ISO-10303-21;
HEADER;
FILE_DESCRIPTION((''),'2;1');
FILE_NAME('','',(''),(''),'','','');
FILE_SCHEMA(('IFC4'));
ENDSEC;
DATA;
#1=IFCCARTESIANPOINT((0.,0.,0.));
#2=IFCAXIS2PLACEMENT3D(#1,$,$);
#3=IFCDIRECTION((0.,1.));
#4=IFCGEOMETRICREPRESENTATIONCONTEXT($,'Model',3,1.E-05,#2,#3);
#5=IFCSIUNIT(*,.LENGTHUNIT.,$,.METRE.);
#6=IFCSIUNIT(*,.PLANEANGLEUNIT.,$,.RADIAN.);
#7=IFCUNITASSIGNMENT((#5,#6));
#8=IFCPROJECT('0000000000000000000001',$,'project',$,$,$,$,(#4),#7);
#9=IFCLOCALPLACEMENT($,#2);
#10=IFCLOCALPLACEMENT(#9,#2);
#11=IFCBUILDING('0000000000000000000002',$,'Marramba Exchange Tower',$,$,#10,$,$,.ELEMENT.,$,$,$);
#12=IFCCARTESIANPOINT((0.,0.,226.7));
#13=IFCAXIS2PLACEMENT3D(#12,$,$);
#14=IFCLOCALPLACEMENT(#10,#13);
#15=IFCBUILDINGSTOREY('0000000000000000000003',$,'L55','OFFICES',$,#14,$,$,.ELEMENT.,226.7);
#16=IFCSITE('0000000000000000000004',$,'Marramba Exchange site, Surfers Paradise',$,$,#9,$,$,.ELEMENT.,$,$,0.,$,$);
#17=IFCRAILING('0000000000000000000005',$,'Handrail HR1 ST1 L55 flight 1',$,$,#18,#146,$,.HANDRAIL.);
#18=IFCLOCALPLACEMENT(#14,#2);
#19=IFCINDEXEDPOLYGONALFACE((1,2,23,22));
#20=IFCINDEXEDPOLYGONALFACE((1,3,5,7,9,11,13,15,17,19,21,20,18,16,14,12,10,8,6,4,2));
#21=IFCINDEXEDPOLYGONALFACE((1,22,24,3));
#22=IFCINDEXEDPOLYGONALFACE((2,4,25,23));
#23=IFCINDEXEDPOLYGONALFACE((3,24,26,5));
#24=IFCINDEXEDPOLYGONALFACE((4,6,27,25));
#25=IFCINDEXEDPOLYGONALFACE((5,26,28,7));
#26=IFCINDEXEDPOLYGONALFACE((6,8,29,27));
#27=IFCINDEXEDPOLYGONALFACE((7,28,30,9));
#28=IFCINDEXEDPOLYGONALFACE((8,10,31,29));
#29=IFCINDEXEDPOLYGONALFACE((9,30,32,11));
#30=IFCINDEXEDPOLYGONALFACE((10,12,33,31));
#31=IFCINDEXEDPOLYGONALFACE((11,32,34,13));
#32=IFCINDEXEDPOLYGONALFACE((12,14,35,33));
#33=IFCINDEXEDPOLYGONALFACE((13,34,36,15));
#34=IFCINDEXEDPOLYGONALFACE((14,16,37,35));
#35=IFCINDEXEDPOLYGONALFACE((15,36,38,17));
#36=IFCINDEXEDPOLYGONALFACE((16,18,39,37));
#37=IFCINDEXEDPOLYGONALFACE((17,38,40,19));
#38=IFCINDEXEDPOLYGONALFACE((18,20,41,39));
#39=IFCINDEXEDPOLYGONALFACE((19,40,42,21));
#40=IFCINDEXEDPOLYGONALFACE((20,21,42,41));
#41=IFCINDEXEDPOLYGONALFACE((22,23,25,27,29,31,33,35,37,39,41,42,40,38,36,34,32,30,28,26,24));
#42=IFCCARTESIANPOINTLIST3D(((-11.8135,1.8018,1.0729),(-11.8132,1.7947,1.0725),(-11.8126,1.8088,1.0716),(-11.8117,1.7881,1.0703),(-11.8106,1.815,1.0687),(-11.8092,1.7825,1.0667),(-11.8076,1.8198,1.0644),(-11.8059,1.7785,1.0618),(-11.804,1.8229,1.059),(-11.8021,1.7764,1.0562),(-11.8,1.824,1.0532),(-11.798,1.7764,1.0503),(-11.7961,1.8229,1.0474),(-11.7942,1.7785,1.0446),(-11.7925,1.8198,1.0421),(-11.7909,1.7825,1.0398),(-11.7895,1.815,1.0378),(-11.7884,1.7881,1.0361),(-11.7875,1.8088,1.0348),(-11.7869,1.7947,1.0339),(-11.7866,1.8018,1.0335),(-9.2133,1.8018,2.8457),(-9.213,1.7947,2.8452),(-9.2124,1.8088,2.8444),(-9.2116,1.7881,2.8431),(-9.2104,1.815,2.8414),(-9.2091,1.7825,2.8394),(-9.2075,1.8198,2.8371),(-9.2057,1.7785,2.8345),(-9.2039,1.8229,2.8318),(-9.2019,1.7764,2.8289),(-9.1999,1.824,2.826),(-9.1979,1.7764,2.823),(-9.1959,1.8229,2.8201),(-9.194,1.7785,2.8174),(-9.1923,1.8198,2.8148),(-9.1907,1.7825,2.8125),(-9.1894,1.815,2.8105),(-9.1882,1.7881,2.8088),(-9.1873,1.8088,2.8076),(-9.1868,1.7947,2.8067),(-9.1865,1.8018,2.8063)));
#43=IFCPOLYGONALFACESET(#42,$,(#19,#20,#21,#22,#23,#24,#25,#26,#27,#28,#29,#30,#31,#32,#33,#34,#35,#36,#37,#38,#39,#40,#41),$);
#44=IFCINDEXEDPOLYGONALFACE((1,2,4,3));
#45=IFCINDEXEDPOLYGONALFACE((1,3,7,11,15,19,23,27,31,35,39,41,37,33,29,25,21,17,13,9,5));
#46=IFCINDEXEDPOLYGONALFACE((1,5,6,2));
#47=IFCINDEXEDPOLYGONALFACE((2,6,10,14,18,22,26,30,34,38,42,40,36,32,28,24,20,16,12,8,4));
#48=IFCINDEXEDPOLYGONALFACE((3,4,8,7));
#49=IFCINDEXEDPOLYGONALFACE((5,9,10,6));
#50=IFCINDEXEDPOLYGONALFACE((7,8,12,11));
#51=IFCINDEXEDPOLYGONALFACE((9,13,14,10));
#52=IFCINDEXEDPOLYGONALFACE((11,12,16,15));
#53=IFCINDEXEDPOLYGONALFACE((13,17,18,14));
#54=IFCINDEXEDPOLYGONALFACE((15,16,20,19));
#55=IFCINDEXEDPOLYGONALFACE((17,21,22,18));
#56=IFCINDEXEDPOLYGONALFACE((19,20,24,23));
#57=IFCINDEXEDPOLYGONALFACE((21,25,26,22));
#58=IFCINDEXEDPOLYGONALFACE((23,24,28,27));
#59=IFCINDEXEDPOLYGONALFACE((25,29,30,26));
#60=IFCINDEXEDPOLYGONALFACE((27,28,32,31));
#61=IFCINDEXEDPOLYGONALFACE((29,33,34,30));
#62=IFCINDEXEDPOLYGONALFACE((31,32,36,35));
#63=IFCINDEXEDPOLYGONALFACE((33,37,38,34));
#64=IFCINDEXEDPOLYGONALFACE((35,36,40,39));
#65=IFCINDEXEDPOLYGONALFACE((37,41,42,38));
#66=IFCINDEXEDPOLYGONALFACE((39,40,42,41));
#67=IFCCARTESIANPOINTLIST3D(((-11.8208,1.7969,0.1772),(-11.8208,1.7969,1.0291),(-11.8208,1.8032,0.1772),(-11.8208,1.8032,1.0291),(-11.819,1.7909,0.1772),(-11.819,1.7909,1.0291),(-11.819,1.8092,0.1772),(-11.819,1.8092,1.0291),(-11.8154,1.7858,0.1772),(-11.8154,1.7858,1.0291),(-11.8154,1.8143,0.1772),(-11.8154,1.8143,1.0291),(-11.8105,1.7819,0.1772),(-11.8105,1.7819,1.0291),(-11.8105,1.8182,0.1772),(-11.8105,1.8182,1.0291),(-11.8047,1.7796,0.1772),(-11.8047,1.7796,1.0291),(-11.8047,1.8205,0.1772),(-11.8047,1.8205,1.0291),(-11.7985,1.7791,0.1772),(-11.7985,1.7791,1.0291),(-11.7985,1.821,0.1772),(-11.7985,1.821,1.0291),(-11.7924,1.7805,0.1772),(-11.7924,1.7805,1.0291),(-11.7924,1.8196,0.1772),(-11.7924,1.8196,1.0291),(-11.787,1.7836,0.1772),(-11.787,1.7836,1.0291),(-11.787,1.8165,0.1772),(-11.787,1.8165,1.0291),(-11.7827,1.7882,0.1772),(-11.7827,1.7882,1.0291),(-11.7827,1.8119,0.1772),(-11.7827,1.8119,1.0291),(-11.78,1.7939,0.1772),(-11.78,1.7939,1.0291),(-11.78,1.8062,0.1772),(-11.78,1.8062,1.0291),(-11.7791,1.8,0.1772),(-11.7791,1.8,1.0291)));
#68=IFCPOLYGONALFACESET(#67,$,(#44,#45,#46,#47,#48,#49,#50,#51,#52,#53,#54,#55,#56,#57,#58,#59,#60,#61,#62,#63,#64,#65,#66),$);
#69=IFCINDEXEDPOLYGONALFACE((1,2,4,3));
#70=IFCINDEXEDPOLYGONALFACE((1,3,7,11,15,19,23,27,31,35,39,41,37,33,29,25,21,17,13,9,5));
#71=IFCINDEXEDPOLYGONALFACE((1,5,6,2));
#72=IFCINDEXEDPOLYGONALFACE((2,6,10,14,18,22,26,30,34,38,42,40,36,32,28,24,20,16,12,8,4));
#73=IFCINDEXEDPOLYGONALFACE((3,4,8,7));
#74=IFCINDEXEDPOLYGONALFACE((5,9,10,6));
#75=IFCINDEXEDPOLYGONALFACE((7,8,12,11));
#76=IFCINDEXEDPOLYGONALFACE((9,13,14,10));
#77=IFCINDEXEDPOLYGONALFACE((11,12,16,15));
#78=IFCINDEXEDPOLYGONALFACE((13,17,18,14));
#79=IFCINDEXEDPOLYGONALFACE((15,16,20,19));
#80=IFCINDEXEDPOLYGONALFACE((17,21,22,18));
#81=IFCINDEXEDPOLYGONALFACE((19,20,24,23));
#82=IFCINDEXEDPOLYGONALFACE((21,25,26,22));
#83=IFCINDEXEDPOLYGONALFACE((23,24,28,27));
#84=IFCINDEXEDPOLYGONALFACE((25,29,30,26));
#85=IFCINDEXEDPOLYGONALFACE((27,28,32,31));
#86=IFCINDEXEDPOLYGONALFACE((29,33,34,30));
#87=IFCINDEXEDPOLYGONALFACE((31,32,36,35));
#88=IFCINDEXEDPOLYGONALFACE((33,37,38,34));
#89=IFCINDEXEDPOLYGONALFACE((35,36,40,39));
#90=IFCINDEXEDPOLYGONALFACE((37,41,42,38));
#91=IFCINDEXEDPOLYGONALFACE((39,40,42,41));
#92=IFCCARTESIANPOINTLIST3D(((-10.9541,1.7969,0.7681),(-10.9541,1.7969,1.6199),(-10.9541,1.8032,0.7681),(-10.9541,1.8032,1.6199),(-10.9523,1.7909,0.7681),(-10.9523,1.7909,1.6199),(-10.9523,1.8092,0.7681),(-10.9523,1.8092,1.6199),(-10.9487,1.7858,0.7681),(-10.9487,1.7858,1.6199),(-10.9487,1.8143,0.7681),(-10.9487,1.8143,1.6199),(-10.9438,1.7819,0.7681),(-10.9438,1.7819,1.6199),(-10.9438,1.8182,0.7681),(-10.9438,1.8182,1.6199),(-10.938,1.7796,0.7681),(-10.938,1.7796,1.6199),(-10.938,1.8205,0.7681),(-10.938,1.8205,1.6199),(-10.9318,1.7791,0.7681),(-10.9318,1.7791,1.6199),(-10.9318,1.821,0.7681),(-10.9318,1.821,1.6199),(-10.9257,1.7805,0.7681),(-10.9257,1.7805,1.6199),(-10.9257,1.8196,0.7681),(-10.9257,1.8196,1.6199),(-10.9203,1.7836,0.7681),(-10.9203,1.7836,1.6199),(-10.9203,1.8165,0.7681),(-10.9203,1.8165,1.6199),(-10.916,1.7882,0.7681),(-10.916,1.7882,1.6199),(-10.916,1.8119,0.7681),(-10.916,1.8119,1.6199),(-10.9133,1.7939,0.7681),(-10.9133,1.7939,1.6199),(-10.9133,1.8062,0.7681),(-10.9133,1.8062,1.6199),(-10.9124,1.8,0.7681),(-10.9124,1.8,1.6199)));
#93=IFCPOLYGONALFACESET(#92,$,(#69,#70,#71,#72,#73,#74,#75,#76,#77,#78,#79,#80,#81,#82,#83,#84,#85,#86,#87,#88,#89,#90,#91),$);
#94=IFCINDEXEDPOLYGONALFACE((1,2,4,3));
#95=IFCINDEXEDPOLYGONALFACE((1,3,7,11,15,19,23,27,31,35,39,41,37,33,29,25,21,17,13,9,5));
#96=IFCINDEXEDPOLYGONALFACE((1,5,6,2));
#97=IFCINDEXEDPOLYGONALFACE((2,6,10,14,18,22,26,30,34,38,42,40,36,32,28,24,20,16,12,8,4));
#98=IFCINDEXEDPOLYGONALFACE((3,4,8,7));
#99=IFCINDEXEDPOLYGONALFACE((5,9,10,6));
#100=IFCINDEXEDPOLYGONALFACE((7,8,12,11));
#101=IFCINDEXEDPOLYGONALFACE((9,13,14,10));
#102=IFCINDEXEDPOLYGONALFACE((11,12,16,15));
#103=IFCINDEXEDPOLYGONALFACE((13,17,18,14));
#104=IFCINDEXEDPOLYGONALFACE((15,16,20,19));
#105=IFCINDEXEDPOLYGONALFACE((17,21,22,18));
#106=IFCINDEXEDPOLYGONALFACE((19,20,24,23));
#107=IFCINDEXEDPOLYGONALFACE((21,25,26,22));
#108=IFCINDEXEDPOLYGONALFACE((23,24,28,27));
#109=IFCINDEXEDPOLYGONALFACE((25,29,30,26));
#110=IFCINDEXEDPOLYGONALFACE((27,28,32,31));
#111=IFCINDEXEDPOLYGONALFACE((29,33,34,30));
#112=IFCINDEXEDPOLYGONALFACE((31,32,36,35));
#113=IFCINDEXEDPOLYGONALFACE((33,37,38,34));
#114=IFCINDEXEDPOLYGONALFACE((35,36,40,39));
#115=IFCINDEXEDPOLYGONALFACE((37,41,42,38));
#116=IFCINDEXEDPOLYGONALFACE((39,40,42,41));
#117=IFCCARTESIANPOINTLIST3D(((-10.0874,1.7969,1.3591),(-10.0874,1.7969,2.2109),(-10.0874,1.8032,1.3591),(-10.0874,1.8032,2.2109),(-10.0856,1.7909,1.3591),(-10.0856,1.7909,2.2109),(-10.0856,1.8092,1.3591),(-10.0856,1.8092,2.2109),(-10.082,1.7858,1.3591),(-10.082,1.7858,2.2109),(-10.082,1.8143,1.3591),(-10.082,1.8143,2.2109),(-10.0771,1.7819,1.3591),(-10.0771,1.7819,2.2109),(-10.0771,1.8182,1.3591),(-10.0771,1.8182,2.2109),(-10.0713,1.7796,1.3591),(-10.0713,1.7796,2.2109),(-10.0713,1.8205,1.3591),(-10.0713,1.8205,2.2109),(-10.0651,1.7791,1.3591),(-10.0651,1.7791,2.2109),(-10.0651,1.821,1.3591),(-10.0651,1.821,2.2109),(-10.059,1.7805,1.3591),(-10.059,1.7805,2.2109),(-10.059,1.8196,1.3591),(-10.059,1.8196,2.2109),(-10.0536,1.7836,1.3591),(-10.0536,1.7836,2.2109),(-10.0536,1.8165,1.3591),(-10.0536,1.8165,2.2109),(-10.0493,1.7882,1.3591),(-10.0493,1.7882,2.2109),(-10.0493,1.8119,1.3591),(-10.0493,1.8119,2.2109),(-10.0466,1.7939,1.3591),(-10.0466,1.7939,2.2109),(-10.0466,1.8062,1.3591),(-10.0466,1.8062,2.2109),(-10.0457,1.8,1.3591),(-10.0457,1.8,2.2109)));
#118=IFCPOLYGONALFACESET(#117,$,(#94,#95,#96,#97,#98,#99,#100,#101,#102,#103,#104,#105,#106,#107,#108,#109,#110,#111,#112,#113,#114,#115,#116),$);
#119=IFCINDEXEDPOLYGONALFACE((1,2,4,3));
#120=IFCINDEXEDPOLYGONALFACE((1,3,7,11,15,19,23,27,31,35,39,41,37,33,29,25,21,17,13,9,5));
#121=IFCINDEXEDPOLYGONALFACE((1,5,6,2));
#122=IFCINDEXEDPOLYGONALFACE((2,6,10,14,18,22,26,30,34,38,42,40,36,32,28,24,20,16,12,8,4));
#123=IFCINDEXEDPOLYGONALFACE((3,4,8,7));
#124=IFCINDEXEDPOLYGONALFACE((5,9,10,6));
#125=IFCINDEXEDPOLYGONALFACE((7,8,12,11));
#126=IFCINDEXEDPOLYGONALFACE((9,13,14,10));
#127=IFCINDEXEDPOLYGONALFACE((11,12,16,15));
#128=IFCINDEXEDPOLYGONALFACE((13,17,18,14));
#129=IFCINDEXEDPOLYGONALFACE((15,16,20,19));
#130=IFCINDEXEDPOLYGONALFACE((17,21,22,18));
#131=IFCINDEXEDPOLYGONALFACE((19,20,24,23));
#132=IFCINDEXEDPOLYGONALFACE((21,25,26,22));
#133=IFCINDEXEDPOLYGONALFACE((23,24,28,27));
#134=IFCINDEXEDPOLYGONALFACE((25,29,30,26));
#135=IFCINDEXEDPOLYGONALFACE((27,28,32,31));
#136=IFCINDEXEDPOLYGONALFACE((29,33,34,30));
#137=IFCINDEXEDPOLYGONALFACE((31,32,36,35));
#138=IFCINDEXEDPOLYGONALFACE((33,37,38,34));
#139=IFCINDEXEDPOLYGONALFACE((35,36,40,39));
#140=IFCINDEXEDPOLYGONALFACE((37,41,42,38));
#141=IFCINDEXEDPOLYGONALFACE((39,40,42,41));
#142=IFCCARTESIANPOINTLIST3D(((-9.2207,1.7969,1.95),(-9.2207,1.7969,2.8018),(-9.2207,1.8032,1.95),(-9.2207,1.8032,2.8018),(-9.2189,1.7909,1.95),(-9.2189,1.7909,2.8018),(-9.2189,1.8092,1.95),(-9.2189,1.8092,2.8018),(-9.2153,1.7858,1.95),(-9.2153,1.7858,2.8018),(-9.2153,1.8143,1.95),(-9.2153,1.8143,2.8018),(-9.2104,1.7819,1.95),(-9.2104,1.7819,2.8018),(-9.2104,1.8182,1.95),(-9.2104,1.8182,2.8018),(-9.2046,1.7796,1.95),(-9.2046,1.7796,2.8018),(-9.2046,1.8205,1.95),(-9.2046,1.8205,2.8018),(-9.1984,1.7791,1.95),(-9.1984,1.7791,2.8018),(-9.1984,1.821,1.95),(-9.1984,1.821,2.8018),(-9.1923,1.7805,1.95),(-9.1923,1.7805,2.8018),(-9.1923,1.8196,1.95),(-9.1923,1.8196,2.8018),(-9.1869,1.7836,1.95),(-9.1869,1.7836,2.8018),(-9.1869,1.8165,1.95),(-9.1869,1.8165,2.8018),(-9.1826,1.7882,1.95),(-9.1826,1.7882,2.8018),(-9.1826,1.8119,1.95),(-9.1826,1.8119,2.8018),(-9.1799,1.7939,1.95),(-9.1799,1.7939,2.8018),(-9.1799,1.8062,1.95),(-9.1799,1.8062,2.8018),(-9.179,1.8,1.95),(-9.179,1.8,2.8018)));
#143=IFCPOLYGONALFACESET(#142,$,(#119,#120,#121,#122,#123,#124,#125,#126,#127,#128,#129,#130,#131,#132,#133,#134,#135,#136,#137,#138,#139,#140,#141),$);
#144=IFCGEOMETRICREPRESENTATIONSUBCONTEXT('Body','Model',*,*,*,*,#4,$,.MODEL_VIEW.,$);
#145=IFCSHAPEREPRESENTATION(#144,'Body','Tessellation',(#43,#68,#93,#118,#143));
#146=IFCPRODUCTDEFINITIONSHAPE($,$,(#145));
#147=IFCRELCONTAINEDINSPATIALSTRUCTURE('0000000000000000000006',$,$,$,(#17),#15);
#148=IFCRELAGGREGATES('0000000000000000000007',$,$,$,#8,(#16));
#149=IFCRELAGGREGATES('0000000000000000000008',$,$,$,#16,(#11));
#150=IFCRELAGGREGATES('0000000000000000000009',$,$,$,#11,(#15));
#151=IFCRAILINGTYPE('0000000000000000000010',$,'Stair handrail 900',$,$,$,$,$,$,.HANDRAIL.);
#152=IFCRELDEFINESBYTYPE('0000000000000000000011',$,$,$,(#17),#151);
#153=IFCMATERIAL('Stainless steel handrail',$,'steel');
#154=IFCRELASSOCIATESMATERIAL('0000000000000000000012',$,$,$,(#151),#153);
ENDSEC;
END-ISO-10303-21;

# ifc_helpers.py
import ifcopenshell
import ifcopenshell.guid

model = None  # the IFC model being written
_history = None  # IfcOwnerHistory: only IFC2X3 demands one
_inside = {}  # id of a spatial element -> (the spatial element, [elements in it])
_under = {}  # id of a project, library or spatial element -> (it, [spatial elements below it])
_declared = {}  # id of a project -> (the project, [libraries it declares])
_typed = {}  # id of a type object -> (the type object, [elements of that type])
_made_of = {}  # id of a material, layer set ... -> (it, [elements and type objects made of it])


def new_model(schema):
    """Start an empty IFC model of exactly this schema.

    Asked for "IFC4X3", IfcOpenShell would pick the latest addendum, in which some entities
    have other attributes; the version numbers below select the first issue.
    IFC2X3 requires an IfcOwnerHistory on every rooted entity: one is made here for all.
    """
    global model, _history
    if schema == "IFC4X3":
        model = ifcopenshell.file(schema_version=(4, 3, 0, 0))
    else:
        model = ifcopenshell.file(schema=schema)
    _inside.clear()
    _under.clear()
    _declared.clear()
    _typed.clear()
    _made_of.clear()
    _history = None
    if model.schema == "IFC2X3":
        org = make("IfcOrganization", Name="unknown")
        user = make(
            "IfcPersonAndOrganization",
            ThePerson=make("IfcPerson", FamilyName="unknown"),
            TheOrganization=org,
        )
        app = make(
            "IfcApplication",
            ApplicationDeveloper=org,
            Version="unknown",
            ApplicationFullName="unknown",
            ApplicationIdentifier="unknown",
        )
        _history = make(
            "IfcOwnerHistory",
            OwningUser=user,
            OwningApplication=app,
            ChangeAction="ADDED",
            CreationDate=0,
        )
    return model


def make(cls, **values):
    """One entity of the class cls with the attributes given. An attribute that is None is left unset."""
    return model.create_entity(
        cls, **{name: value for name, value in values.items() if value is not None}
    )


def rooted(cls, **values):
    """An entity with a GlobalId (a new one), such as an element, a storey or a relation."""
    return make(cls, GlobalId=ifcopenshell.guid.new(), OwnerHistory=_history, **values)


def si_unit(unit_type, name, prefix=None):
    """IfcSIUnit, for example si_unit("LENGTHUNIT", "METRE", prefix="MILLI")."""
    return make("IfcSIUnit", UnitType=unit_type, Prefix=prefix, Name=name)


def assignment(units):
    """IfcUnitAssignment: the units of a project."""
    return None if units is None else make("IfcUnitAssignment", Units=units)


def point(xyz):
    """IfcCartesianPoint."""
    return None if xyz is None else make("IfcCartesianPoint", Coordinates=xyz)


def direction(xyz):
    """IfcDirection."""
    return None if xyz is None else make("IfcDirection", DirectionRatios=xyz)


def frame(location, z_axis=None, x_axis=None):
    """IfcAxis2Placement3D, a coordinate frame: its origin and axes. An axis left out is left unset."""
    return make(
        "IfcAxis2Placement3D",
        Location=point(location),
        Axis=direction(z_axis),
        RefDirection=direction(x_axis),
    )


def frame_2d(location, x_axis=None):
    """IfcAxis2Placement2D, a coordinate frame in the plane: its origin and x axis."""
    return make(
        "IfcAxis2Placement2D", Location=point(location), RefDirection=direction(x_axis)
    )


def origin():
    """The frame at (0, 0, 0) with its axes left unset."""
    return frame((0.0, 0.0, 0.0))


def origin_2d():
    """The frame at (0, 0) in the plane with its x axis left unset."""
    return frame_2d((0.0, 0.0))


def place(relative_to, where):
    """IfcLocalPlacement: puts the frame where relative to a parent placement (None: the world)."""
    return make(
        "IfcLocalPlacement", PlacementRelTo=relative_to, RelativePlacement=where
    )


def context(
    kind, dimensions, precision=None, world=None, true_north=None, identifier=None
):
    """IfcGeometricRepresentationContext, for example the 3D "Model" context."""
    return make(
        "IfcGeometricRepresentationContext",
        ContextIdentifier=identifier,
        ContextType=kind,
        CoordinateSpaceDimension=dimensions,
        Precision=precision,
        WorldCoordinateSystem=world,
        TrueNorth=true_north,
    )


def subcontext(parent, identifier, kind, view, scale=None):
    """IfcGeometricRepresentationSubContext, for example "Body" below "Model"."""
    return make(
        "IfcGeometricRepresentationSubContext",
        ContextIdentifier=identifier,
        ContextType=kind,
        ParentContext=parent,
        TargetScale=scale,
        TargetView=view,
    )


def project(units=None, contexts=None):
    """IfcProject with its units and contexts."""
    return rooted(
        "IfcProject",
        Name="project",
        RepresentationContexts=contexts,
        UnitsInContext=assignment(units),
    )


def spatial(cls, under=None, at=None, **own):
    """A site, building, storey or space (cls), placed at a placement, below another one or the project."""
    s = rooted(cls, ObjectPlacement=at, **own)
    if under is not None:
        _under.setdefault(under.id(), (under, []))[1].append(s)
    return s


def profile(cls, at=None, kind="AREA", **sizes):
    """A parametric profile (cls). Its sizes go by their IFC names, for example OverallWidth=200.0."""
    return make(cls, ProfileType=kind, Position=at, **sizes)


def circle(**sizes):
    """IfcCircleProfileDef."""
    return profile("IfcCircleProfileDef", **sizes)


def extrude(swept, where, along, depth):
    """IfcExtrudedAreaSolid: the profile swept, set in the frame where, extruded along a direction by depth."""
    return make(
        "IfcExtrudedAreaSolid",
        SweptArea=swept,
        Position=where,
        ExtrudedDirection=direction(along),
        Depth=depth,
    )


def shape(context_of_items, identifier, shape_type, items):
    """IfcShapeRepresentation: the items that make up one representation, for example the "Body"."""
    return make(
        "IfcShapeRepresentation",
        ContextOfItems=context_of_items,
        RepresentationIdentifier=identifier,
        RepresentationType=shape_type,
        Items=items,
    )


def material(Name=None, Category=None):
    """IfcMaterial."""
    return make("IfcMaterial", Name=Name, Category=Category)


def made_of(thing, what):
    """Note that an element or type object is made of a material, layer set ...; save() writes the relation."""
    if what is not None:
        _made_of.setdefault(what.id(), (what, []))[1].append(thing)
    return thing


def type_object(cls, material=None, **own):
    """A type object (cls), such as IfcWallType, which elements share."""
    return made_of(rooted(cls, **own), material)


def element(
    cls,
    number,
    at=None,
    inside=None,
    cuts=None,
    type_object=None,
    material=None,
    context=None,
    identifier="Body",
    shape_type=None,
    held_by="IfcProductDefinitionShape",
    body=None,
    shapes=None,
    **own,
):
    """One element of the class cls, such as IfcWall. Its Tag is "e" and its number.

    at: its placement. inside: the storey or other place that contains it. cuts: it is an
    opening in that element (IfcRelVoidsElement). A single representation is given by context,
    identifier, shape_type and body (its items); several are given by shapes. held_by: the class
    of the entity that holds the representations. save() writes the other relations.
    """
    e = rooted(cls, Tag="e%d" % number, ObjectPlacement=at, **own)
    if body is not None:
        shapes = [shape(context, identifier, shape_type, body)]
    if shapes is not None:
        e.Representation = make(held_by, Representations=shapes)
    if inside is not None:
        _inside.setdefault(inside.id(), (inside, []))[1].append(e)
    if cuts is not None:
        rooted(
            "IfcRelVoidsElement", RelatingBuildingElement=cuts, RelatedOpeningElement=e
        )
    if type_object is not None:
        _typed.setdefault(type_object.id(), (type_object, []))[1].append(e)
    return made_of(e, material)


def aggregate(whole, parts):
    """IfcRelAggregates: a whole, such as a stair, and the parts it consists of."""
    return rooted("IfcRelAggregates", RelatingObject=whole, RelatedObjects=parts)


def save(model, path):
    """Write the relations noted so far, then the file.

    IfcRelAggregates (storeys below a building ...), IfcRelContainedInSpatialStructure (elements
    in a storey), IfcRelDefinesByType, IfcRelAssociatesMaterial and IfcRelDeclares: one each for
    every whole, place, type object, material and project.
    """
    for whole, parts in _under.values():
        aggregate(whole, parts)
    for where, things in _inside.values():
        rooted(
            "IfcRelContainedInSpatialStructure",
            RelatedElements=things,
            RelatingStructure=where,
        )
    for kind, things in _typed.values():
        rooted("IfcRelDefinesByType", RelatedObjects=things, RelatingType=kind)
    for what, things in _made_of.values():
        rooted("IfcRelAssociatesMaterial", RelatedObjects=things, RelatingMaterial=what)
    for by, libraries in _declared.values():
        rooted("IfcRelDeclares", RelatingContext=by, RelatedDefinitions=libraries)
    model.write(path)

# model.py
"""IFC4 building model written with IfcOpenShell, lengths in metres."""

from ifc_helpers import new_model, si_unit, direction, frame, origin, origin_2d, place, context, subcontext, project, spatial, circle, extrude, material, type_object, element, save


model = new_model("IFC4")

# Units and contexts
model_context = context("Model", 3, precision=1e-05, world=origin(), true_north=direction((0.0, 1.0)))
body_context = subcontext(model_context, "Body", "Model", "MODEL_VIEW")
ifc_project = project(units=[si_unit("LENGTHUNIT", "METRE"), si_unit("PLANEANGLEUNIT", "RADIAN")], contexts=[model_context])

# Site, building, storey
site_placement = place(None, origin())
site = spatial("IfcSite", under=ifc_project, at=site_placement, Name="Marramba Exchange site, Surfers Paradise", CompositionType="ELEMENT", RefElevation=0.0)
building_placement = place(site_placement, origin())
building = spatial("IfcBuilding", under=site, at=building_placement, Name="Marramba Exchange Tower", CompositionType="ELEMENT")
storey_placement = place(building_placement, frame((0.0, 0.0, 226.7)))
storey = spatial("IfcBuildingStorey", under=building, at=storey_placement, Name="L55", Description="OFFICES", CompositionType="ELEMENT", Elevation=226.7)

# Railing
ifc_material_1 = material(Name="Stainless steel handrail", Category="steel")
railing_type = type_object("IfcRailingType", Name="Stair handrail 900", PredefinedType="HANDRAIL", material=ifc_material_1)
railing_placement = place(storey_placement, frame((-11.8, 1.8, 0.1772)))
element("IfcRailing", 1, at=railing_placement, inside=storey, type_object=railing_type, Name="Handrail HR1 ST1 L55 flight 1", PredefinedType="HANDRAIL", context=body_context, shape_type="SweptSolid", body=[
    extrude(circle(Radius=0.0239, at=origin_2d()), frame((0.0, 0.0, 0.876), z_axis=(0.82624, 0.0, 0.563318), x_axis=(0.0, 1.0, 0.0)), (0.0, 0.0, 1.0), 3.147),
    extrude(circle(Radius=0.021, at=origin_2d()), origin(), (0.0, 0.0, 1.0), 0.8518),
    extrude(circle(Radius=0.021, at=origin_2d()), frame((0.8667, 0.0, 0.5908)), (0.0, 0.0, 1.0), 0.8518),
    extrude(circle(Radius=0.021, at=origin_2d()), frame((1.7334, 0.0, 1.1819)), (0.0, 0.0, 1.0), 0.8518),
    extrude(circle(Radius=0.021, at=origin_2d()), frame((2.6001, 0.0, 1.7727)), (0.0, 0.0, 1.0), 0.8518),
])

save(model, "model.ifc")
